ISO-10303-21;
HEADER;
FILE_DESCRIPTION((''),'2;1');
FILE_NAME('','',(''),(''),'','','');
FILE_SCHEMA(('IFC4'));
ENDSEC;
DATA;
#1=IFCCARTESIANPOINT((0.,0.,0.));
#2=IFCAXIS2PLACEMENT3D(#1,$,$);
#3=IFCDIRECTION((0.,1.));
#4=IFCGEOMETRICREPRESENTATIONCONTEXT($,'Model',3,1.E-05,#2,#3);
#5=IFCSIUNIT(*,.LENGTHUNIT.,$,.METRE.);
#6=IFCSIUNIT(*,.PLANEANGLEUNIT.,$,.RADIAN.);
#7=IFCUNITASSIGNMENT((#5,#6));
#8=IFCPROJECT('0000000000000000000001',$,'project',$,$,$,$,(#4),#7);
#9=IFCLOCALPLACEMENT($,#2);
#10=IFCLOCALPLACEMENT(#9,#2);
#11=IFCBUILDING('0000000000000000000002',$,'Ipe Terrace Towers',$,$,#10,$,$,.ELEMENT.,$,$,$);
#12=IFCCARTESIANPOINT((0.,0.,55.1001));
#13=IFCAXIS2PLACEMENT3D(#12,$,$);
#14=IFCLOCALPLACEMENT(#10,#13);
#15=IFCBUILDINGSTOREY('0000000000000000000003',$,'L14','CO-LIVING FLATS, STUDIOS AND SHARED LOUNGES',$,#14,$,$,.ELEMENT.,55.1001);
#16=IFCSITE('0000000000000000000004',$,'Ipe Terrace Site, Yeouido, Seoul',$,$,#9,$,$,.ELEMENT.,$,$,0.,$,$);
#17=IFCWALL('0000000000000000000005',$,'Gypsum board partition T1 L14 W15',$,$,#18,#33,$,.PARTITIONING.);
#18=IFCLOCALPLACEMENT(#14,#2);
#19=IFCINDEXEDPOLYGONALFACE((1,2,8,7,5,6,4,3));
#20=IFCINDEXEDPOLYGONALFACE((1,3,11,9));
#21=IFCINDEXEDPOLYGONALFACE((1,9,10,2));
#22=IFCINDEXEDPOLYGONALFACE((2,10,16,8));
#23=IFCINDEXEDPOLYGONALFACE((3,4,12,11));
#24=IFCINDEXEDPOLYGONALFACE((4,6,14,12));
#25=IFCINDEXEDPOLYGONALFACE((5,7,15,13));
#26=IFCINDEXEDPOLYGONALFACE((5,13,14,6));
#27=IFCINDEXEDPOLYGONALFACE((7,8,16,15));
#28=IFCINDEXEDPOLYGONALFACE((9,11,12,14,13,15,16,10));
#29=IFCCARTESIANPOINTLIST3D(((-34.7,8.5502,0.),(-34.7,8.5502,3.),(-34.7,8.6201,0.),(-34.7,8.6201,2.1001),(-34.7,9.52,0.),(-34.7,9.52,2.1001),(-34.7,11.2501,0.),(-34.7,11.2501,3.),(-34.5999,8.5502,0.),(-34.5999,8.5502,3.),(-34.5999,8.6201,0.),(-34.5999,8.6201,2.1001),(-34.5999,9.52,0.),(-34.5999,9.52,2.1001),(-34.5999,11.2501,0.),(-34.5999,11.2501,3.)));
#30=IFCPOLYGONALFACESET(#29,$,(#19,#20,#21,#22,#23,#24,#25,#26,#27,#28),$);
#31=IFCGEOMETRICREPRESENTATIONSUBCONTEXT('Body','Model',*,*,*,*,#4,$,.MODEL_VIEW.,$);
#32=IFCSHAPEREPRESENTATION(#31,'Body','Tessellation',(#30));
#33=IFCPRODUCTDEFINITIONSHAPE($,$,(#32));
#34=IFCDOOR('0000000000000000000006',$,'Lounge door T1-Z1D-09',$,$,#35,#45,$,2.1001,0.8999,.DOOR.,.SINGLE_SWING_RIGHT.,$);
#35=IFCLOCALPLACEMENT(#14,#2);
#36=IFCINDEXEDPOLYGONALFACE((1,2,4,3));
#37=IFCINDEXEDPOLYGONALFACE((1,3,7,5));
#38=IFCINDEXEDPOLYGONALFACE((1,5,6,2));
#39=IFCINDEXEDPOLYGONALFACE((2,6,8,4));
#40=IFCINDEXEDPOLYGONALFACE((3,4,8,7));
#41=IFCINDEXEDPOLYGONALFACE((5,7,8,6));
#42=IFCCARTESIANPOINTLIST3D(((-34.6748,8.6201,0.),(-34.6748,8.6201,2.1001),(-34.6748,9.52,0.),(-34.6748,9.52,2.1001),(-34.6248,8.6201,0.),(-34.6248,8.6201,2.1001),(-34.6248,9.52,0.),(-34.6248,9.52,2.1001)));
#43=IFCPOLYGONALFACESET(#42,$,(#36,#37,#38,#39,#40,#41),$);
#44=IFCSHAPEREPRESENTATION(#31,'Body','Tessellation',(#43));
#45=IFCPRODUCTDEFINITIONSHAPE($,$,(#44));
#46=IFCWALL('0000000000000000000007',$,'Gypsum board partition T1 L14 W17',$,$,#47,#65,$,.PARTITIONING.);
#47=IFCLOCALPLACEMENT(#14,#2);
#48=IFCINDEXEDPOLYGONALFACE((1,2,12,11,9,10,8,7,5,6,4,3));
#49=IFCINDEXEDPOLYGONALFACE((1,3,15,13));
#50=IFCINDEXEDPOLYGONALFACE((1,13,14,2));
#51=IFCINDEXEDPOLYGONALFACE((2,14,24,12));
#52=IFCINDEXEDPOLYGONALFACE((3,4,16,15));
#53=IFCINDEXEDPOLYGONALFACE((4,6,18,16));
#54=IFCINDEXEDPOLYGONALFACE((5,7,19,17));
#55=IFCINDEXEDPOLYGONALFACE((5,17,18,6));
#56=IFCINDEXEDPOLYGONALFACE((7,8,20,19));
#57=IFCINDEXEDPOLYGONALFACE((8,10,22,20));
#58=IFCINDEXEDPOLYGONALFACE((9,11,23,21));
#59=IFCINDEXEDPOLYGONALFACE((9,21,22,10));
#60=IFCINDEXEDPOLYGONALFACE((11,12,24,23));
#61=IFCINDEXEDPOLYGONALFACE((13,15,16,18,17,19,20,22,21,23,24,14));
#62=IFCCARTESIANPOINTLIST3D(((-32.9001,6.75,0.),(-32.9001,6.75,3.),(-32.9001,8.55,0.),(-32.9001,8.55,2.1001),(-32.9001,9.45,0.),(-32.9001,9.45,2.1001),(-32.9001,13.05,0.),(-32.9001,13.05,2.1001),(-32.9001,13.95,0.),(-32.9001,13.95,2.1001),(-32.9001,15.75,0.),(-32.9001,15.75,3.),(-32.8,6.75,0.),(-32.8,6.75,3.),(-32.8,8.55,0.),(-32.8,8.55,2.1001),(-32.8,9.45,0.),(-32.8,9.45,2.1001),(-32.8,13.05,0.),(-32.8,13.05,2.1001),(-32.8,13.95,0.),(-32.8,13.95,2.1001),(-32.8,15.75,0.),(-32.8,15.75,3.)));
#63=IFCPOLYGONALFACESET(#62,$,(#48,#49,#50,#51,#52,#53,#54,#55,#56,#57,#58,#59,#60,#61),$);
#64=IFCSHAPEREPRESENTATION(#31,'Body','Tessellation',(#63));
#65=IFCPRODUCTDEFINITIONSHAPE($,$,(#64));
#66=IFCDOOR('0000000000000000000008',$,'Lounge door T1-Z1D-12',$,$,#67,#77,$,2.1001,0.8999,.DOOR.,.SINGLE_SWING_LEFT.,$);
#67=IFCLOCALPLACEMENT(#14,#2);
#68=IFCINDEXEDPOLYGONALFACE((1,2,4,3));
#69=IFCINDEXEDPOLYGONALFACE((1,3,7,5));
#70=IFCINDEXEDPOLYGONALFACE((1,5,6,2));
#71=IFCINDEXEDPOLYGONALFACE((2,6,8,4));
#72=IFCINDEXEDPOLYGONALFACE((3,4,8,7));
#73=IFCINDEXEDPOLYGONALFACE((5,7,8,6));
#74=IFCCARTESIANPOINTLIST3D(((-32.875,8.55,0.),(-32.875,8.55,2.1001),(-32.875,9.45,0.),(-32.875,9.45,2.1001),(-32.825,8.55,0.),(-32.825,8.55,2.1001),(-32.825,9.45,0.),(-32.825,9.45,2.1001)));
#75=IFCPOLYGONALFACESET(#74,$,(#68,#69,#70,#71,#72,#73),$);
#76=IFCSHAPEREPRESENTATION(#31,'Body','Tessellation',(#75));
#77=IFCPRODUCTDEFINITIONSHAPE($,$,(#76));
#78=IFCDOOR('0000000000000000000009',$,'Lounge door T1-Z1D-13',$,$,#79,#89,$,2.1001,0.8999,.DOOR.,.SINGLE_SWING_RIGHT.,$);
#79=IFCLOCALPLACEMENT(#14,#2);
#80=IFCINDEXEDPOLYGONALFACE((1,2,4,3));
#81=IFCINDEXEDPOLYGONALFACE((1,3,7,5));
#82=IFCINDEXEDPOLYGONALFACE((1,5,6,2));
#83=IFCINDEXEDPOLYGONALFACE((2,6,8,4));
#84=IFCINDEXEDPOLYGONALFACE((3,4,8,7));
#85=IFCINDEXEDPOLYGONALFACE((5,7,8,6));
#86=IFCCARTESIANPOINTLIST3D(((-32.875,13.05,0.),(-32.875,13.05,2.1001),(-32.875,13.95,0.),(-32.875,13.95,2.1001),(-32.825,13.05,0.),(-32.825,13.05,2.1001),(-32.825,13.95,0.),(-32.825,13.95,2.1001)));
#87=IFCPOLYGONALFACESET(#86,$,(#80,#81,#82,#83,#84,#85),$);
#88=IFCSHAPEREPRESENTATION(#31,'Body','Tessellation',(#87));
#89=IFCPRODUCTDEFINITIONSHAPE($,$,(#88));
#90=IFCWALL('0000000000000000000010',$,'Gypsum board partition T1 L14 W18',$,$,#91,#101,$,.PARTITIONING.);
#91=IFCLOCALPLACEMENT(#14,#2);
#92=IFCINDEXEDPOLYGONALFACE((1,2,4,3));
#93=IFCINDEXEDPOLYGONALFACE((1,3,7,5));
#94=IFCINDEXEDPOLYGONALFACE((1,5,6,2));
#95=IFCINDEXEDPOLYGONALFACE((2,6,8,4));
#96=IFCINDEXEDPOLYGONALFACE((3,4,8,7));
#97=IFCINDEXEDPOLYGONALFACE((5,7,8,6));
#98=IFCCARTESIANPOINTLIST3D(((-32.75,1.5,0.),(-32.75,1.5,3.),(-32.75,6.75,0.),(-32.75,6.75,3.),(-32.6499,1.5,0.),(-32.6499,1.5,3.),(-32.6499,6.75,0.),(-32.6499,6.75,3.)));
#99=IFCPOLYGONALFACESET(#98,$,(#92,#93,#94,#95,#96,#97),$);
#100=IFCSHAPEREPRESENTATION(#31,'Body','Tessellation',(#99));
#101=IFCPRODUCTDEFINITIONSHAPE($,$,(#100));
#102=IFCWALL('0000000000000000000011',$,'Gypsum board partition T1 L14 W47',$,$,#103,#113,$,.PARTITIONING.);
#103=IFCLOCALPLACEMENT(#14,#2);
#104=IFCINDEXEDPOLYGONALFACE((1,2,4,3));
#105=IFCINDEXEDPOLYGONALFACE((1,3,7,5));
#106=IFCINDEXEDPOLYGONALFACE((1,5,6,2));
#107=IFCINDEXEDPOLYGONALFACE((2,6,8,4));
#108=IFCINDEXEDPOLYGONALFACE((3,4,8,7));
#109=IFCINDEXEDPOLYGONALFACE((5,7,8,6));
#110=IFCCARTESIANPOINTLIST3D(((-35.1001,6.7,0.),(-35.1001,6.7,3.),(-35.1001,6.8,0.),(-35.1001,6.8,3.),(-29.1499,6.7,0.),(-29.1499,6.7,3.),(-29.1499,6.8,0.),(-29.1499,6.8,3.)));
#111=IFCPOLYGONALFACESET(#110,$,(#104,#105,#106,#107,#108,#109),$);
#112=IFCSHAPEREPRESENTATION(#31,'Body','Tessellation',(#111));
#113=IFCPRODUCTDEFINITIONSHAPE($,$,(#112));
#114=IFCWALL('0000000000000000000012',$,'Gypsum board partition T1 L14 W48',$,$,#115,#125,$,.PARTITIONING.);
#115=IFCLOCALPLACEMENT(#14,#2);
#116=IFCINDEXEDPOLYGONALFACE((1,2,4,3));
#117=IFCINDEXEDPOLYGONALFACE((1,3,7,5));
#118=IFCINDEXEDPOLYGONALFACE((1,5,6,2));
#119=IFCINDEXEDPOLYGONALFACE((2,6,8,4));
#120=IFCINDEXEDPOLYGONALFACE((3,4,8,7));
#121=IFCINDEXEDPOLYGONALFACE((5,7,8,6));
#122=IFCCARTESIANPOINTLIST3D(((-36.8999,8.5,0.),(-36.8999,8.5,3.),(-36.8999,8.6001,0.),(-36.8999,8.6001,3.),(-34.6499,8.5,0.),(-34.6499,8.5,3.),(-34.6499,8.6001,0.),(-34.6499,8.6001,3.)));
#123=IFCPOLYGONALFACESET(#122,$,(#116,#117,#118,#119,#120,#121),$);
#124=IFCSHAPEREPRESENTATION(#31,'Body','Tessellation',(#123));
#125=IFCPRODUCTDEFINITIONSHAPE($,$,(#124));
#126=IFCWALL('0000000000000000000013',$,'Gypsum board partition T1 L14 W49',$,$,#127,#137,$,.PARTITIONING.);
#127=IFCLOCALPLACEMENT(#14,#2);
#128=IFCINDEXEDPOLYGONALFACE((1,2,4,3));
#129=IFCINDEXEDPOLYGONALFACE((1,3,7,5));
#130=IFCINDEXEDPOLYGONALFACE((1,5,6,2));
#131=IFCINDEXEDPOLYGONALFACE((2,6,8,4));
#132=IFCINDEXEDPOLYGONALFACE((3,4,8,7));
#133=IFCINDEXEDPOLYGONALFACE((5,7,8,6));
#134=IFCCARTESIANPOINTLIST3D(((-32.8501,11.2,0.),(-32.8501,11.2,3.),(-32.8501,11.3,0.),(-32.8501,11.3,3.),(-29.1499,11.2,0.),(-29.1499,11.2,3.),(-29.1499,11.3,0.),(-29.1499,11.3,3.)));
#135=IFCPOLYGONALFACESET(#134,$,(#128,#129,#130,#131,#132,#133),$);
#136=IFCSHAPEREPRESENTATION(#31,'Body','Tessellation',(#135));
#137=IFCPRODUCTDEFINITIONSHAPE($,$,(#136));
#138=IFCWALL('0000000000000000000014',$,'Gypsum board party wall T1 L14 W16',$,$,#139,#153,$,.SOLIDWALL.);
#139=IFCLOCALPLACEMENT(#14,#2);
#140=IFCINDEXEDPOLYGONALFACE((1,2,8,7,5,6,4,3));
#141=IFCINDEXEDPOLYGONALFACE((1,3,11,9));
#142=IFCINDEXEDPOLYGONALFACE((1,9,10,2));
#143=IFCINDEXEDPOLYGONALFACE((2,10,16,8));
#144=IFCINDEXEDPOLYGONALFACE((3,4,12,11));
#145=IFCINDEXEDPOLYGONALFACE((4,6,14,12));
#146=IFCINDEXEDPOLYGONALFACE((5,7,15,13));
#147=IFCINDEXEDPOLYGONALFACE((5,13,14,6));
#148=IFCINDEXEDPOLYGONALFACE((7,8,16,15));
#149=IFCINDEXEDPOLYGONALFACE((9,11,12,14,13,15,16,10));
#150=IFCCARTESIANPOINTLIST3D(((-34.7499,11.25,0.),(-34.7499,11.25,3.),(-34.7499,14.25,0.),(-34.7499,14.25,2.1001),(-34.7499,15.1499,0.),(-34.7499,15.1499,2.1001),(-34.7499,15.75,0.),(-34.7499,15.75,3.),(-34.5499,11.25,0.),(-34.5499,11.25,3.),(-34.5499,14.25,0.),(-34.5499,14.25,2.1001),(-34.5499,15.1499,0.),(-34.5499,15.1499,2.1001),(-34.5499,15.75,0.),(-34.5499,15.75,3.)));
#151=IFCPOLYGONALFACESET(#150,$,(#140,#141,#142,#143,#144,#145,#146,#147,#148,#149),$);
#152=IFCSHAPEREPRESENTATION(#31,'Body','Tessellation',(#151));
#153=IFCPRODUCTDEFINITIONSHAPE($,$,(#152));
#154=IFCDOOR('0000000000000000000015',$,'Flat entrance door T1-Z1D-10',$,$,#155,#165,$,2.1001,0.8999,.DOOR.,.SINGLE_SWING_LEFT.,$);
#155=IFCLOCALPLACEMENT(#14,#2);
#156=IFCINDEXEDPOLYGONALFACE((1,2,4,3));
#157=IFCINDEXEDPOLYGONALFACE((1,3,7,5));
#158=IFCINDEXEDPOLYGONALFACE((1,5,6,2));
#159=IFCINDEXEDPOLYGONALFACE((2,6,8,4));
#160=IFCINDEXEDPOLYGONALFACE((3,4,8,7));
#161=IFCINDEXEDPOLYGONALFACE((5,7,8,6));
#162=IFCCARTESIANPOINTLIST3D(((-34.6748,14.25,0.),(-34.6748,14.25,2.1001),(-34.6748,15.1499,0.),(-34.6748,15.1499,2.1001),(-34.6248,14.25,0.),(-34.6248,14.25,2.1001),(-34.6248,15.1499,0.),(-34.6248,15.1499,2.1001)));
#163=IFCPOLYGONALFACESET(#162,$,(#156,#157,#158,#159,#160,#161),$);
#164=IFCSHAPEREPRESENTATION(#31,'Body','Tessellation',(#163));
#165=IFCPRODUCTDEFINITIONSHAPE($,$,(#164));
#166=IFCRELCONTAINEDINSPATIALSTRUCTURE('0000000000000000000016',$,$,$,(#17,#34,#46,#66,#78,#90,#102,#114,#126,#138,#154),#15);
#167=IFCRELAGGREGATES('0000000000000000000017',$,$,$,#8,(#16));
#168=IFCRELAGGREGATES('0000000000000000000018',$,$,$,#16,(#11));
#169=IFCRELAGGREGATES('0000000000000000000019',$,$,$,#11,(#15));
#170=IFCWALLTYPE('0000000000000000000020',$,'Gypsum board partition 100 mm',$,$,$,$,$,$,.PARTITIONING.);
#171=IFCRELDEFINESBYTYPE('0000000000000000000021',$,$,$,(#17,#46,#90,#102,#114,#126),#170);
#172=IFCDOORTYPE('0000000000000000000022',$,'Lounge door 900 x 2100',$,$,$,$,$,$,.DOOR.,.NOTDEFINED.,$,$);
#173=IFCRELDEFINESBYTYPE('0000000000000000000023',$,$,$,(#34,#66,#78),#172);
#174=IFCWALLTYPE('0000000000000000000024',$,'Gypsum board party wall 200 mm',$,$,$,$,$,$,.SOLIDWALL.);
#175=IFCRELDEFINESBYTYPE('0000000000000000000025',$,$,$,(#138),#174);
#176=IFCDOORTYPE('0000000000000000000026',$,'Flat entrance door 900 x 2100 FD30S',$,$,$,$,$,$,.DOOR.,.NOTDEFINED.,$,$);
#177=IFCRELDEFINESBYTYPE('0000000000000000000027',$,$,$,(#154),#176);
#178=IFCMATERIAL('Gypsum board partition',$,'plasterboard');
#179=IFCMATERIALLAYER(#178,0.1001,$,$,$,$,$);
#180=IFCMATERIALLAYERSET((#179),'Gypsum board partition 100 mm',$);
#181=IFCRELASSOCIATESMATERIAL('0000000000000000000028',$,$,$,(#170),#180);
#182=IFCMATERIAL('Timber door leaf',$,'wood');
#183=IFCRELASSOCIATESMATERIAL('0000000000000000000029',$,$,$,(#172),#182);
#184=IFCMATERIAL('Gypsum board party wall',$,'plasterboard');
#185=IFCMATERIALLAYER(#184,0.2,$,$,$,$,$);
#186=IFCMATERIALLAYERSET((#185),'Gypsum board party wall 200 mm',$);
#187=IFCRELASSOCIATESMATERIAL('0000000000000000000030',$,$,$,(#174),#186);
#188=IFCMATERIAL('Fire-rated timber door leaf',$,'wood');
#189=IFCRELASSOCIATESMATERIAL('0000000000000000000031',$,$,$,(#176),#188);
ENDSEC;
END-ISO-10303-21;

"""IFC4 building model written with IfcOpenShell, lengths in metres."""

from ifc_helpers import new_model, si_unit, direction, frame, frame_2d, origin, place, context, subcontext, project, spatial, rectangle, extrude, material, layer, layer_set, type_object, element, fill, save


model = new_model("IFC4")

# Units and contexts
model_context = context("Model", 3, precision=1e-05, world=origin(), true_north=direction((0.0, 1.0)))
body_context = subcontext(model_context, "Body", "Model", "MODEL_VIEW")
ifc_project = project(units=[si_unit("LENGTHUNIT", "METRE"), si_unit("PLANEANGLEUNIT", "RADIAN")], contexts=[model_context])

# Site, building, storey
site_placement = place(None, origin())
site = spatial("IfcSite", under=ifc_project, at=site_placement, Name="Ipe Terrace Site, Yeouido, Seoul", CompositionType="ELEMENT", RefElevation=0.0)
building_placement = place(site_placement, origin())
building = spatial("IfcBuilding", under=site, at=building_placement, Name="Ipe Terrace Towers", CompositionType="ELEMENT")
storey_placement = place(building_placement, frame((0.0, 0.0, 55.1001)))
storey = spatial("IfcBuildingStorey", under=building, at=storey_placement, Name="L14", Description="CO-LIVING FLATS, STUDIOS AND SHARED LOUNGES", CompositionType="ELEMENT", Elevation=55.1001)

# Wall, opening, door
ifc_material_1 = material(Name="Gypsum board partition", Category="plasterboard")
ifc_layer_1 = layer(ifc_material_1, 0.1001)
ifc_layer_set_1 = layer_set([ifc_layer_1], Name="Gypsum board partition 100 mm")
wall_type_1 = type_object("IfcWallType", Name="Gypsum board partition 100 mm", PredefinedType="PARTITIONING", material=ifc_layer_set_1)
wall_1_placement = place(storey_placement, frame((-34.6499, 8.55, 0.0), z_axis=(0.0, 0.0, 1.0), x_axis=(0.0, 1.0, 0.0)))
wall_1 = element("IfcWall", 1, at=wall_1_placement, inside=storey, type_object=wall_type_1, Name="Gypsum board partition T1 L14 W15", PredefinedType="PARTITIONING", context=body_context, shape_type="SweptSolid", body=[
    extrude(rectangle(XDim=2.7, YDim=0.1001, at=frame_2d((1.3501, 0.0))), origin(), (0.0, 0.0, 1.0), 3.0),
])
opening_1_placement = place(wall_1_placement, frame((0.0701, 0.0, 0.0)))
opening_1 = element("IfcOpeningElement", 2, at=opening_1_placement, cuts=wall_1, PredefinedType="OPENING", context=body_context, shape_type="SweptSolid", body=[
    extrude(rectangle(XDim=0.8999, YDim=2.1001, at=frame_2d((0.45, 1.05))), frame((0.0, 0.0601, 0.0), z_axis=(0.0, -1.0, 0.0), x_axis=(1.0, 0.0, 0.0)), (0.0, 0.0, 1.0), 0.1201),
])
ifc_material_2 = material(Name="Timber door leaf", Category="wood")
door_type_1 = type_object("IfcDoorType", Name="Lounge door 900 x 2100", OperationType="NOTDEFINED", PredefinedType="DOOR", material=ifc_material_2)
door_1_placement = place(opening_1_placement, origin())
door_1 = element("IfcDoor", 3, at=door_1_placement, inside=storey, type_object=door_type_1, Name="Lounge door T1-Z1D-09", OperationType="SINGLE_SWING_RIGHT", OverallHeight=2.1001, OverallWidth=0.8999, PredefinedType="DOOR", context=body_context, shape_type="SweptSolid", body=[
    extrude(rectangle(XDim=0.8999, YDim=2.1001, at=frame_2d((0.45, 1.05))), frame((0.0, 0.0249, 0.0), z_axis=(0.0, -1.0, 0.0), x_axis=(1.0, 0.0, 0.0)), (0.0, 0.0, 1.0), 0.05),
])
fill(opening_1, door_1)

# Wall, openings, doors
wall_2_placement = place(storey_placement, frame((-32.8501, 6.75, 0.0), z_axis=(0.0, 0.0, 1.0), x_axis=(0.0, 1.0, 0.0)))
wall_2 = element("IfcWall", 4, at=wall_2_placement, inside=storey, type_object=wall_type_1, Name="Gypsum board partition T1 L14 W17", PredefinedType="PARTITIONING", context=body_context, shape_type="SweptSolid", body=[
    extrude(rectangle(XDim=9.0, YDim=0.1001, at=frame_2d((4.5, 0.0))), origin(), (0.0, 0.0, 1.0), 3.0),
])
opening_2_placement = place(wall_2_placement, frame((1.8, 0.0, 0.0)))
opening_2 = element("IfcOpeningElement", 5, at=opening_2_placement, cuts=wall_2, PredefinedType="OPENING", context=body_context, shape_type="SweptSolid", body=[
    extrude(rectangle(XDim=0.8999, YDim=2.1001, at=frame_2d((0.45, 1.05))), frame((0.0, 0.0601, 0.0), z_axis=(0.0, -1.0, 0.0), x_axis=(1.0, 0.0, 0.0)), (0.0, 0.0, 1.0), 0.1201),
])
opening_3_placement = place(wall_2_placement, frame((6.3, 0.0, 0.0)))
opening_3 = element("IfcOpeningElement", 6, at=opening_3_placement, cuts=wall_2, PredefinedType="OPENING", context=body_context, shape_type="SweptSolid", body=[
    extrude(rectangle(XDim=0.8999, YDim=2.1001, at=frame_2d((0.45, 1.05))), frame((0.0, 0.0601, 0.0), z_axis=(0.0, -1.0, 0.0), x_axis=(1.0, 0.0, 0.0)), (0.0, 0.0, 1.0), 0.1201),
])
door_2_placement = place(opening_2_placement, origin())
door_2 = element("IfcDoor", 7, at=door_2_placement, inside=storey, type_object=door_type_1, Name="Lounge door T1-Z1D-12", OperationType="SINGLE_SWING_LEFT", OverallHeight=2.1001, OverallWidth=0.8999, PredefinedType="DOOR", context=body_context, shape_type="SweptSolid", body=[
    extrude(rectangle(XDim=0.8999, YDim=2.1001, at=frame_2d((0.45, 1.05))), frame((0.0, 0.0249, 0.0), z_axis=(0.0, -1.0, 0.0), x_axis=(1.0, 0.0, 0.0)), (0.0, 0.0, 1.0), 0.05),
])
fill(opening_2, door_2)
door_3_placement = place(opening_3_placement, origin())
door_3 = element("IfcDoor", 8, at=door_3_placement, inside=storey, type_object=door_type_1, Name="Lounge door T1-Z1D-13", OperationType="SINGLE_SWING_RIGHT", OverallHeight=2.1001, OverallWidth=0.8999, PredefinedType="DOOR", context=body_context, shape_type="SweptSolid", body=[
    extrude(rectangle(XDim=0.8999, YDim=2.1001, at=frame_2d((0.45, 1.05))), frame((0.0, 0.0249, 0.0), z_axis=(0.0, -1.0, 0.0), x_axis=(1.0, 0.0, 0.0)), (0.0, 0.0, 1.0), 0.05),
])
fill(opening_3, door_3)

# Walls
wall_3_placement = place(storey_placement, frame((-32.7, 1.5, 0.0), z_axis=(0.0, 0.0, 1.0), x_axis=(0.0, 1.0, 0.0)))
element("IfcWall", 9, at=wall_3_placement, inside=storey, type_object=wall_type_1, Name="Gypsum board partition T1 L14 W18", PredefinedType="PARTITIONING", context=body_context, shape_type="SweptSolid", body=[
    extrude(rectangle(XDim=5.25, YDim=0.1001, at=frame_2d((2.625, 0.0))), origin(), (0.0, 0.0, 1.0), 3.0),
])
wall_4_placement = place(storey_placement, frame((-35.1001, 6.75, 0.0), z_axis=(0.0, 0.0, 1.0), x_axis=(1.0, 0.0, 0.0)))
element("IfcWall", 10, at=wall_4_placement, inside=storey, type_object=wall_type_1, Name="Gypsum board partition T1 L14 W47", PredefinedType="PARTITIONING", context=body_context, shape_type="SweptSolid", body=[
    extrude(rectangle(XDim=5.9502, YDim=0.1001, at=frame_2d((2.9751, 0.0))), origin(), (0.0, 0.0, 1.0), 3.0),
])
wall_5_placement = place(storey_placement, frame((-36.8999, 8.55, 0.0), z_axis=(0.0, 0.0, 1.0), x_axis=(1.0, 0.0, 0.0)))
element("IfcWall", 11, at=wall_5_placement, inside=storey, type_object=wall_type_1, Name="Gypsum board partition T1 L14 W48", PredefinedType="PARTITIONING", context=body_context, shape_type="SweptSolid", body=[
    extrude(rectangle(XDim=2.25, YDim=0.1001, at=frame_2d((1.125, 0.0))), origin(), (0.0, 0.0, 1.0), 3.0),
])
wall_6_placement = place(storey_placement, frame((-32.8501, 11.25, 0.0), z_axis=(0.0, 0.0, 1.0), x_axis=(1.0, 0.0, 0.0)))
element("IfcWall", 12, at=wall_6_placement, inside=storey, type_object=wall_type_1, Name="Gypsum board partition T1 L14 W49", PredefinedType="PARTITIONING", context=body_context, shape_type="SweptSolid", body=[
    extrude(rectangle(XDim=3.7002, YDim=0.1001, at=frame_2d((1.8501, 0.0))), origin(), (0.0, 0.0, 1.0), 3.0),
])

# Wall, opening, door
ifc_material_3 = material(Name="Gypsum board party wall", Category="plasterboard")
ifc_layer_2 = layer(ifc_material_3, 0.2)
ifc_layer_set_2 = layer_set([ifc_layer_2], Name="Gypsum board party wall 200 mm")
wall_type_2 = type_object("IfcWallType", Name="Gypsum board party wall 200 mm", PredefinedType="SOLIDWALL", material=ifc_layer_set_2)
wall_7_placement = place(storey_placement, frame((-34.6499, 11.25, 0.0), z_axis=(0.0, 0.0, 1.0), x_axis=(0.0, 1.0, 0.0)))
wall_7 = element("IfcWall", 13, at=wall_7_placement, inside=storey, type_object=wall_type_2, Name="Gypsum board party wall T1 L14 W16", PredefinedType="SOLIDWALL", context=body_context, shape_type="SweptSolid", body=[
    extrude(rectangle(XDim=4.5, YDim=0.2, at=frame_2d((2.25, 0.0))), origin(), (0.0, 0.0, 1.0), 3.0),
])
opening_4_placement = place(wall_7_placement, frame((3.0, 0.0, 0.0)))
opening_4 = element("IfcOpeningElement", 14, at=opening_4_placement, cuts=wall_7, PredefinedType="OPENING", context=body_context, shape_type="SweptSolid", body=[
    extrude(rectangle(XDim=0.8999, YDim=2.1001, at=frame_2d((0.45, 1.05))), frame((0.0, 0.1099, 0.0), z_axis=(0.0, -1.0, 0.0), x_axis=(1.0, 0.0, 0.0)), (0.0, 0.0, 1.0), 0.22),
])
ifc_material_4 = material(Name="Fire-rated timber door leaf", Category="wood")
door_type_2 = type_object("IfcDoorType", Name="Flat entrance door 900 x 2100 FD30S", OperationType="NOTDEFINED", PredefinedType="DOOR", material=ifc_material_4)
door_4_placement = place(opening_4_placement, origin())
door_4 = element("IfcDoor", 15, at=door_4_placement, inside=storey, type_object=door_type_2, Name="Flat entrance door T1-Z1D-10", OperationType="SINGLE_SWING_LEFT", OverallHeight=2.1001, OverallWidth=0.8999, PredefinedType="DOOR", context=body_context, shape_type="SweptSolid", body=[
    extrude(rectangle(XDim=0.8999, YDim=2.1001, at=frame_2d((0.45, 1.05))), frame((0.0, 0.0249, 0.0), z_axis=(0.0, -1.0, 0.0), x_axis=(1.0, 0.0, 0.0)), (0.0, 0.0, 1.0), 0.05),
])
fill(opening_4, door_4)

save(model, "model.ifc")
